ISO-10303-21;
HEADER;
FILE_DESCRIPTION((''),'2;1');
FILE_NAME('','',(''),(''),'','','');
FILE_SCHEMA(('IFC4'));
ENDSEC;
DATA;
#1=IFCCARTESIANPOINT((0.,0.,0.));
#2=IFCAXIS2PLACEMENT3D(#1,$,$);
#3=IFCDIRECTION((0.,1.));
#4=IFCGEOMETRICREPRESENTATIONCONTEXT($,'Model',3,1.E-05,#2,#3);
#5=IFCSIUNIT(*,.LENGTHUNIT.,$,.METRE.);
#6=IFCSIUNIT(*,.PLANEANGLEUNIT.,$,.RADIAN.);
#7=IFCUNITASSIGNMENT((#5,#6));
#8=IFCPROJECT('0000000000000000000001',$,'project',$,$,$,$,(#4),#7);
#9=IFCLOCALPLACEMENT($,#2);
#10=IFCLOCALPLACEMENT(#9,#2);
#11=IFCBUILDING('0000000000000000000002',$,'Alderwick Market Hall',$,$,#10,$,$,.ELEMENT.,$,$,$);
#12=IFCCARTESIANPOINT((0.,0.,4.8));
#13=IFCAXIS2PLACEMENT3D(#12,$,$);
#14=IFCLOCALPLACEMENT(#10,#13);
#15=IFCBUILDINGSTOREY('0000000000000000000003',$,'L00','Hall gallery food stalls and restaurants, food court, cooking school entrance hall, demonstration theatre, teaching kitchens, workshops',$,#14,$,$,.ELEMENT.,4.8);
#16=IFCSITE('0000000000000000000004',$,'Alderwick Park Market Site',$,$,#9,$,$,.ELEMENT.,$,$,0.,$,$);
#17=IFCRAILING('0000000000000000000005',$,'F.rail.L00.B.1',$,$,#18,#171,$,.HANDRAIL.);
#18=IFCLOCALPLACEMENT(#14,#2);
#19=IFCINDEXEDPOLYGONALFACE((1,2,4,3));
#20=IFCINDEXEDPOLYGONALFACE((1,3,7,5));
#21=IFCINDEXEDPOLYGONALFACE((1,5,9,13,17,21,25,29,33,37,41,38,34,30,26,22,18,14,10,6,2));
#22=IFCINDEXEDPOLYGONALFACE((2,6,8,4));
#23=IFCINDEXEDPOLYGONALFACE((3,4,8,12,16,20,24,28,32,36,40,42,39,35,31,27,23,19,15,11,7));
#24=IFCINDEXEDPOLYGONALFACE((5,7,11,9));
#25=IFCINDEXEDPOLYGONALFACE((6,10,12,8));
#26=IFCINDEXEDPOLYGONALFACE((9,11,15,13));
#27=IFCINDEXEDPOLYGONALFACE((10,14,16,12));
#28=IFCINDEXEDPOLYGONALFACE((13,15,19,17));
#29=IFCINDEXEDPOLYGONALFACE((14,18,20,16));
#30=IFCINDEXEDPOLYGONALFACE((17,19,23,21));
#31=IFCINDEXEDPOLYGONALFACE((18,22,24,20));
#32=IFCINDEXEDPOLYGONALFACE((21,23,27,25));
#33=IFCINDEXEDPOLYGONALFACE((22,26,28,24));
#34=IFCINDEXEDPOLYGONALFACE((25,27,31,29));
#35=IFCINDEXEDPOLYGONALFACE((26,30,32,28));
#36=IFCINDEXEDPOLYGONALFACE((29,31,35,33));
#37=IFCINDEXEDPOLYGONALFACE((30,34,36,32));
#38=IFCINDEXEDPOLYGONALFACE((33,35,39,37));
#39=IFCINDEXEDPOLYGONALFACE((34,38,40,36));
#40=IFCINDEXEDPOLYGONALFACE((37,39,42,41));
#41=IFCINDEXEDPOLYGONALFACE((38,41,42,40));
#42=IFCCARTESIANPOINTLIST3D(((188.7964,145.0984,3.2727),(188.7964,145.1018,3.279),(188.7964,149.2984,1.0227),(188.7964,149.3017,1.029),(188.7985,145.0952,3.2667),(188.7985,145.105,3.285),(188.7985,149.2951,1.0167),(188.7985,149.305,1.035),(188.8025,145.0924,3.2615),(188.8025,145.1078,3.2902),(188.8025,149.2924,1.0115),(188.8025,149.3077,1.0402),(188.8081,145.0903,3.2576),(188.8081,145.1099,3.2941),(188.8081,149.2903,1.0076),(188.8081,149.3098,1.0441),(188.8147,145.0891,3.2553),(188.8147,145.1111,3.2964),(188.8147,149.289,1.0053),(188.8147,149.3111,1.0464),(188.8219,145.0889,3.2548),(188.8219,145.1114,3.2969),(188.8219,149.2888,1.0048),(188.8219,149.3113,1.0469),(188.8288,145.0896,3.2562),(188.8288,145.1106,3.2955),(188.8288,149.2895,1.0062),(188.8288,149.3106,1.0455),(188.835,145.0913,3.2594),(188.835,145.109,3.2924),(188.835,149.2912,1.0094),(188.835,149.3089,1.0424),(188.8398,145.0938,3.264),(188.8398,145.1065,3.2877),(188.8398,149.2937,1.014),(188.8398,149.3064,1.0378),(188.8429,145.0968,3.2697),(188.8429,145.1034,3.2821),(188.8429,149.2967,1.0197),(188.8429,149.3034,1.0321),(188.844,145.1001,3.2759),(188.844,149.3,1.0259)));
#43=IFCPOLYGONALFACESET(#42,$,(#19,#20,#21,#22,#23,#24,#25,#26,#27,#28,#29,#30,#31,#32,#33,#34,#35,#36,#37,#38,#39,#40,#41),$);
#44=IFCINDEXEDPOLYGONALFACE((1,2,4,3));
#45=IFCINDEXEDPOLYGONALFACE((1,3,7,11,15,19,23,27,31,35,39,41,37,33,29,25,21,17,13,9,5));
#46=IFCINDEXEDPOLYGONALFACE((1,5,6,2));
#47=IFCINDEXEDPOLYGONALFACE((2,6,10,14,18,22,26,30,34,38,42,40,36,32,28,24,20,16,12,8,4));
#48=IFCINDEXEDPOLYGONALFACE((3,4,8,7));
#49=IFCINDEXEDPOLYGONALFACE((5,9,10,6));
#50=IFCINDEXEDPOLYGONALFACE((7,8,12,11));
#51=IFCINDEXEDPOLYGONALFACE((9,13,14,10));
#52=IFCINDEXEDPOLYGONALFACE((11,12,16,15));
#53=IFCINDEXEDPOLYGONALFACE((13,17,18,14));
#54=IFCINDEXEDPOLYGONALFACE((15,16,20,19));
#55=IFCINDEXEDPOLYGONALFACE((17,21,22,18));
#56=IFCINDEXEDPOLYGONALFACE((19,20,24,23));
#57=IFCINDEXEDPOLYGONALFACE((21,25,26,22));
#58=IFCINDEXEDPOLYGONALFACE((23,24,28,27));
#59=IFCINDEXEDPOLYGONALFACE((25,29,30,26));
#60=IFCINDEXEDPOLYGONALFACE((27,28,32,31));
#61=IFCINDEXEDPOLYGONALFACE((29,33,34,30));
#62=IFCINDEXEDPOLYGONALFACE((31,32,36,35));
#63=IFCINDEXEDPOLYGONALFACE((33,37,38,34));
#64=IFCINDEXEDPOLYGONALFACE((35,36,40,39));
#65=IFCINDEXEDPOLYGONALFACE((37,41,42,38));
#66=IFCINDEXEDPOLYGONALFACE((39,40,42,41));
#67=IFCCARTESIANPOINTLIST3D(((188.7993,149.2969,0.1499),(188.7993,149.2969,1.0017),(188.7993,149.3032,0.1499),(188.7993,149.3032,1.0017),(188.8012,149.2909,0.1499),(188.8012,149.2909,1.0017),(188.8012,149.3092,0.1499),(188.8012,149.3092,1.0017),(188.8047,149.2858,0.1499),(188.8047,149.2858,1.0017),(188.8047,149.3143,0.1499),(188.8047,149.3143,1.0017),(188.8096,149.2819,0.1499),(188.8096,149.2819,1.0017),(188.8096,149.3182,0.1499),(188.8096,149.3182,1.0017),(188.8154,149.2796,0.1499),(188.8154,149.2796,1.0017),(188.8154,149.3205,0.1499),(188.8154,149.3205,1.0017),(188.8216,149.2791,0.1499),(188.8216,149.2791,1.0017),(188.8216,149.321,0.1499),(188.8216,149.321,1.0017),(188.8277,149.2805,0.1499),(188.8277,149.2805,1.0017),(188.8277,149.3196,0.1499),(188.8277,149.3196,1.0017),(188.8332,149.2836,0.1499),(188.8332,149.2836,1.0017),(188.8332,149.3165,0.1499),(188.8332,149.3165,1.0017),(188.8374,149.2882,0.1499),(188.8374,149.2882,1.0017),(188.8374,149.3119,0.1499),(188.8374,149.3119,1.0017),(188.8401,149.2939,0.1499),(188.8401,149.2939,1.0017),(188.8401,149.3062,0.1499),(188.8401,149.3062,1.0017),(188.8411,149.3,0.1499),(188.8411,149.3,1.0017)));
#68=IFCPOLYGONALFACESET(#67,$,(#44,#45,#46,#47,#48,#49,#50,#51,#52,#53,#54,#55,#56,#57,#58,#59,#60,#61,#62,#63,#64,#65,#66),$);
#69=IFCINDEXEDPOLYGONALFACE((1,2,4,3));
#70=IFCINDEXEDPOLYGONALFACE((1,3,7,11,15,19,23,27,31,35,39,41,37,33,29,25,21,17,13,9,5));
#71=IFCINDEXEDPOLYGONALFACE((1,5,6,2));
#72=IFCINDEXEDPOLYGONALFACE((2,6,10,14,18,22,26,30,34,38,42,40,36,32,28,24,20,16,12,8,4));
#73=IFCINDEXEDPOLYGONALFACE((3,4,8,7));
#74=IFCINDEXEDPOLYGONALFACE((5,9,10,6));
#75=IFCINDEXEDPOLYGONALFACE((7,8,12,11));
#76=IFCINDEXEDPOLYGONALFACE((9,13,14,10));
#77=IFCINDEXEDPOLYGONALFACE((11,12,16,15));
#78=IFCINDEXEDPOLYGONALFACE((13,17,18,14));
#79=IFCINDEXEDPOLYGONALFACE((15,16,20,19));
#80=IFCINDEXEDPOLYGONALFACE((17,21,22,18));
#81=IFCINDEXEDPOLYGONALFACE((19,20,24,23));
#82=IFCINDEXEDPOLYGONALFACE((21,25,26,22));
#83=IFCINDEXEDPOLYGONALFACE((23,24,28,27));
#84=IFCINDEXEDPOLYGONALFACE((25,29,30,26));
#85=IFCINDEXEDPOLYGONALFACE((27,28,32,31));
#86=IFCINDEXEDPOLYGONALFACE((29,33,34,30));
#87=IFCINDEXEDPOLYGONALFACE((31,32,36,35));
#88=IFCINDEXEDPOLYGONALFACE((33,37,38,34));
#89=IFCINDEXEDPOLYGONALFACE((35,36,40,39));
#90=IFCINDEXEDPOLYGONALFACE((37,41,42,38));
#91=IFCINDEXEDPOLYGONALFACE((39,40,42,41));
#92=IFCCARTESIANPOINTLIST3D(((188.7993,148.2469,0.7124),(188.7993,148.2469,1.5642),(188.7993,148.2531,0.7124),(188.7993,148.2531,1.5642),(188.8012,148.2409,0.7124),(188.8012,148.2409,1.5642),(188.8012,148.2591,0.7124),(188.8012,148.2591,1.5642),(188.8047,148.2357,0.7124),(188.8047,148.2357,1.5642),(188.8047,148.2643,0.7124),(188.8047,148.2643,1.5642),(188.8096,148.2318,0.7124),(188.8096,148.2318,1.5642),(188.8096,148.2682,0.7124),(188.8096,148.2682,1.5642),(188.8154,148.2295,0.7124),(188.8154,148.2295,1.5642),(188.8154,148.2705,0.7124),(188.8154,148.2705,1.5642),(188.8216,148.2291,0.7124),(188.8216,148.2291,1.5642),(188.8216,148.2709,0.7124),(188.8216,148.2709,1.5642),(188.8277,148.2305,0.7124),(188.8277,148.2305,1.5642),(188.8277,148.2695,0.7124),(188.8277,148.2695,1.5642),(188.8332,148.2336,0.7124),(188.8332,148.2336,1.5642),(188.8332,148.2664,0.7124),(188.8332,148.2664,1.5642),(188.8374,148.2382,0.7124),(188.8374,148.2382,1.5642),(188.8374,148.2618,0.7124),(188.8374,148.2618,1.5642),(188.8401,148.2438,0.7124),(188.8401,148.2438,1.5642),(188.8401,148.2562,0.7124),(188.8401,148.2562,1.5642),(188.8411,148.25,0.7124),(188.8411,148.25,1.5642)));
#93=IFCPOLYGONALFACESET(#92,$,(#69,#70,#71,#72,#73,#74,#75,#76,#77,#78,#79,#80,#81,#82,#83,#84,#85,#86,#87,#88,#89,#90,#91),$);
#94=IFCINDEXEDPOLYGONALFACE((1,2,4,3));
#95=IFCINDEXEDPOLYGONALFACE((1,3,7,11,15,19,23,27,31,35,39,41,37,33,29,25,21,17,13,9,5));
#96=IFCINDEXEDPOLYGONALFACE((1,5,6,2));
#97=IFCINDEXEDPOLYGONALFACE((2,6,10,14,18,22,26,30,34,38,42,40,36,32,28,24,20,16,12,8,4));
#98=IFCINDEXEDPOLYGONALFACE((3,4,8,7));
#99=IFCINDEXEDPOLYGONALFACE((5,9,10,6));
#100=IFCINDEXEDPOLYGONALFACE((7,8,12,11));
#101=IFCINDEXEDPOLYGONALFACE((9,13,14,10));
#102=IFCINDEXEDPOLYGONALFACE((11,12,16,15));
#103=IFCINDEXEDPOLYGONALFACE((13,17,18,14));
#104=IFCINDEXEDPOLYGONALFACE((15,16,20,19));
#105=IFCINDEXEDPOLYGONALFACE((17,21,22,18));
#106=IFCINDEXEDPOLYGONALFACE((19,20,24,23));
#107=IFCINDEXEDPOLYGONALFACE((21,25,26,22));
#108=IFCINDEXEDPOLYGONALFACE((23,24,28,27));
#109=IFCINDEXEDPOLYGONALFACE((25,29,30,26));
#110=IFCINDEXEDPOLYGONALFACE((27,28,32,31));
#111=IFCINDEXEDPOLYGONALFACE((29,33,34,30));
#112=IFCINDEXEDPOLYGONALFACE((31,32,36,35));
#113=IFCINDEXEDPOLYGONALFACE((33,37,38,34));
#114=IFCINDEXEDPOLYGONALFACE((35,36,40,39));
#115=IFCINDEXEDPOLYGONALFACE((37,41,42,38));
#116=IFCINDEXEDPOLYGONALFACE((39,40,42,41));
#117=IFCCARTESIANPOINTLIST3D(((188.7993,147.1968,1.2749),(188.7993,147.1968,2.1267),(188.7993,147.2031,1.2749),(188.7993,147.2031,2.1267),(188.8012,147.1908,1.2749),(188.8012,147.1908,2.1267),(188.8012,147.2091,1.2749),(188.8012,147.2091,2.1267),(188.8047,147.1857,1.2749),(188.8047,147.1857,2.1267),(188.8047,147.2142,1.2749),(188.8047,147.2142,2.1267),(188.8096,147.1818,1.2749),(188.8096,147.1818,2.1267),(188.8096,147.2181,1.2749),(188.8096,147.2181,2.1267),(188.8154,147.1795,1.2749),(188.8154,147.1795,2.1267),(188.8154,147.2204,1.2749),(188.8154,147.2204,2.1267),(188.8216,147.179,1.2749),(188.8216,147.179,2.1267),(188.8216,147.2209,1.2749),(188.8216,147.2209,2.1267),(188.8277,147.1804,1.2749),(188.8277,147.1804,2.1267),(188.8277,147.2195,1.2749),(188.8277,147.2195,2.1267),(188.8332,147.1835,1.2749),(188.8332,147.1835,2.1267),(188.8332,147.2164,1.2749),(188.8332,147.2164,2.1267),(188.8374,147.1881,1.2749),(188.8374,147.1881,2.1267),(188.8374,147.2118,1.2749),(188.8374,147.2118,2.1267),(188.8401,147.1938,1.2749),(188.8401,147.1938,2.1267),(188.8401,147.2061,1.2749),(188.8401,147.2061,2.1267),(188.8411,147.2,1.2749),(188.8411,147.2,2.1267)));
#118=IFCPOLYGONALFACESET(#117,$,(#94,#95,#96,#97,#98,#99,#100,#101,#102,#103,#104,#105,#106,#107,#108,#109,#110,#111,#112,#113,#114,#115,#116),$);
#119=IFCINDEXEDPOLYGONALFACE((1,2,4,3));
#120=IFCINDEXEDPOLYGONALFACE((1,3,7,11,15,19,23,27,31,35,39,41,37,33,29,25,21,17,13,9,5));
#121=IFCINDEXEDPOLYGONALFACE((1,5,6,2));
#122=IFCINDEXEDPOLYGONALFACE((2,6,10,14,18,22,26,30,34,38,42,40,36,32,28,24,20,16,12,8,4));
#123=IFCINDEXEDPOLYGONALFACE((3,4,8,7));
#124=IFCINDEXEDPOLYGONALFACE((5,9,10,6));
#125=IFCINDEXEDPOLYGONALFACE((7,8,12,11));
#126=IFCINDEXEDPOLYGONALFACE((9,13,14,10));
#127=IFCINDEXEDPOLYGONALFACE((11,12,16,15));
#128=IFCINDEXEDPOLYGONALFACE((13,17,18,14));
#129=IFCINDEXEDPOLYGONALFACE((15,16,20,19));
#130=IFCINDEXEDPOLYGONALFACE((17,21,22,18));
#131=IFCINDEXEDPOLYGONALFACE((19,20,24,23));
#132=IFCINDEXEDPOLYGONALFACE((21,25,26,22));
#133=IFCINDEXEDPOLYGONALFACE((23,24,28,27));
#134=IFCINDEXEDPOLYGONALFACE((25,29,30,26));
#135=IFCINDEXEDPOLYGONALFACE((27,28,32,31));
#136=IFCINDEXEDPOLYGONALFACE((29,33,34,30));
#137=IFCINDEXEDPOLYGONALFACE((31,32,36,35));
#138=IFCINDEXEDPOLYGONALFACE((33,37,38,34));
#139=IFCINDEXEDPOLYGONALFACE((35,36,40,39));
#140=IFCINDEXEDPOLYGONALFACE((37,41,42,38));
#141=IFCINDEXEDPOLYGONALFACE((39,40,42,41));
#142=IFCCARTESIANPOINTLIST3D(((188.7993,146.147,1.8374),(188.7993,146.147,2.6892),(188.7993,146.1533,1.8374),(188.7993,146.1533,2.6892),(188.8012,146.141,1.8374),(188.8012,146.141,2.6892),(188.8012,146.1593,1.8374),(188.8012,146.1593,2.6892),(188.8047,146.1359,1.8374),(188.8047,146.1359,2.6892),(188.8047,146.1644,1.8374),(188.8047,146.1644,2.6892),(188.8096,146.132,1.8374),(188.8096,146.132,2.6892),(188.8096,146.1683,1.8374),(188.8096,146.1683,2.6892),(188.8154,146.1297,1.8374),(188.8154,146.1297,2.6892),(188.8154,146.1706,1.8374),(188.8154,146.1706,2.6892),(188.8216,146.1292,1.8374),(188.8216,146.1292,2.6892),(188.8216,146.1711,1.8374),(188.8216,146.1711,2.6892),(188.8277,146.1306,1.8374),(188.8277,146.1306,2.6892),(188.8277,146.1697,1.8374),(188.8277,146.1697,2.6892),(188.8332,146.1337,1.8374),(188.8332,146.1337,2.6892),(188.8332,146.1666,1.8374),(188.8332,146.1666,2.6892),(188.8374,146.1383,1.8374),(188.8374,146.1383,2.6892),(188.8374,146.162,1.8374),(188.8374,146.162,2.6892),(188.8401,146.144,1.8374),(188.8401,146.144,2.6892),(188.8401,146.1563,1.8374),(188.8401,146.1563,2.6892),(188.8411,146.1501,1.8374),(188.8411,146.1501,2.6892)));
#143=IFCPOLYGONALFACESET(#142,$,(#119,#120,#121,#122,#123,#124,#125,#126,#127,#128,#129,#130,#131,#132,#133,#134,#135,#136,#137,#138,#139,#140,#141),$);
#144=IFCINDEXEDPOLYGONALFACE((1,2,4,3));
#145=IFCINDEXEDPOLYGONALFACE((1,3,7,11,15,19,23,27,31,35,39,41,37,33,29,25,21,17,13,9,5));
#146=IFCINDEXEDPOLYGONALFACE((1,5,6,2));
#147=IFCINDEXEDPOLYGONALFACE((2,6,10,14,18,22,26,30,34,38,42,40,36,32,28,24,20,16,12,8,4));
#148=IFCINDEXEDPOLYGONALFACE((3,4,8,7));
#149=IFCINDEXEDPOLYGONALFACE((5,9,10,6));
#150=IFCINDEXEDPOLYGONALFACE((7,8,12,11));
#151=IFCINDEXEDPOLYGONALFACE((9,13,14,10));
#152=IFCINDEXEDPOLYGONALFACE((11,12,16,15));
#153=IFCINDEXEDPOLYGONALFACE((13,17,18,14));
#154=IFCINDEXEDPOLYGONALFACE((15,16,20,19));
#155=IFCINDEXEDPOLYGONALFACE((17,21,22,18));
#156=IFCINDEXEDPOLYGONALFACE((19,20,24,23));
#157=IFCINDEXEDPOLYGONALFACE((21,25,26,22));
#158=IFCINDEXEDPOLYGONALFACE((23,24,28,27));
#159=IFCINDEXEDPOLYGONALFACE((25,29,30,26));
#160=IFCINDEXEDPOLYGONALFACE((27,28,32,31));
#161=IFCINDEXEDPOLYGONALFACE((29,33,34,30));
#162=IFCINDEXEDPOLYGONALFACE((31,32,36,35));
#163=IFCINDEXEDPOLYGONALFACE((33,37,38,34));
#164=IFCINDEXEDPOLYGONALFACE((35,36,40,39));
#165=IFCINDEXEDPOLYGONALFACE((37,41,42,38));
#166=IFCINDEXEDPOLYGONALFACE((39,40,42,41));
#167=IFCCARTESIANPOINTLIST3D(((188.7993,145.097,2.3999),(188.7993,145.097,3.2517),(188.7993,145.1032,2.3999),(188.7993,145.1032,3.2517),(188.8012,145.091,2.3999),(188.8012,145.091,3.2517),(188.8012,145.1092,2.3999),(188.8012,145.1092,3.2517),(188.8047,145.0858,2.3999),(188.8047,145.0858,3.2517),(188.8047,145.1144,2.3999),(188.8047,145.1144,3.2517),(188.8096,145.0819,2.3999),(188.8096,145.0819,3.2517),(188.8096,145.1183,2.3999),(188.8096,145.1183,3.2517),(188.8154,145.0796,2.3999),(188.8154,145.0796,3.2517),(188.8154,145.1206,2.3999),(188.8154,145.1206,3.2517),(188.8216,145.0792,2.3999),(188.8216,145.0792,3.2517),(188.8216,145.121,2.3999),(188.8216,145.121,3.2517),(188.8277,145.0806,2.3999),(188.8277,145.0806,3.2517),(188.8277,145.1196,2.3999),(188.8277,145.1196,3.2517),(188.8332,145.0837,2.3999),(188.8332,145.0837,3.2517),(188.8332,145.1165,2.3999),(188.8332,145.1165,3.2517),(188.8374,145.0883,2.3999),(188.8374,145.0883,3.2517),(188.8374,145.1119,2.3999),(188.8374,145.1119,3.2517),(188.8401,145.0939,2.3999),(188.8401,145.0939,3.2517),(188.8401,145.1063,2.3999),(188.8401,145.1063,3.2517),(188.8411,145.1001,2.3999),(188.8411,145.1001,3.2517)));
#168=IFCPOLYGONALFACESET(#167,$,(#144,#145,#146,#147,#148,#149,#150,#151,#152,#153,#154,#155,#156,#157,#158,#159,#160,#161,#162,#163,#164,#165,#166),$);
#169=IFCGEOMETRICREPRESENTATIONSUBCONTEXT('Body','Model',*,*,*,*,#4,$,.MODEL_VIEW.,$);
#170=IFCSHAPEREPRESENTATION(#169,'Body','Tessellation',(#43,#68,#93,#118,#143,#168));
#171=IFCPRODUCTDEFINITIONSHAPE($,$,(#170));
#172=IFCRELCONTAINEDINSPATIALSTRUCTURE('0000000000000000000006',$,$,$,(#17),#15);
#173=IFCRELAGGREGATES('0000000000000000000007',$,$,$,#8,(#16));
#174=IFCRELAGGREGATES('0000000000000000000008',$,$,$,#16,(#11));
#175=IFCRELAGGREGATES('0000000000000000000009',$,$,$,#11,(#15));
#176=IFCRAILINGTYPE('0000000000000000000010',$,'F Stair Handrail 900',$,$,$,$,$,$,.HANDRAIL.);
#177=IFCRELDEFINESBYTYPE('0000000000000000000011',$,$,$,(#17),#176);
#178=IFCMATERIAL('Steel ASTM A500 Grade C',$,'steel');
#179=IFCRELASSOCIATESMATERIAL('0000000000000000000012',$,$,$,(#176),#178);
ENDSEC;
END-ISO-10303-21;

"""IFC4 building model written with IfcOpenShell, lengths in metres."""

from ifc_helpers import new_model, si_unit, direction, frame, origin, origin_2d, place, context, subcontext, project, spatial, circle, extrude, material, type_object, element, save


model = new_model("IFC4")

# Units and contexts
model_context = context("Model", 3, precision=1e-05, world=origin(), true_north=direction((0.0, 1.0)))
body_context = subcontext(model_context, "Body", "Model", "MODEL_VIEW")
ifc_project = project(units=[si_unit("LENGTHUNIT", "METRE"), si_unit("PLANEANGLEUNIT", "RADIAN")], contexts=[model_context])

# Site, building, storey
site_placement = place(None, origin())
site = spatial("IfcSite", under=ifc_project, at=site_placement, Name="Alderwick Park Market Site", CompositionType="ELEMENT", RefElevation=0.0)
building_placement = place(site_placement, origin())
building = spatial("IfcBuilding", under=site, at=building_placement, Name="Alderwick Market Hall", CompositionType="ELEMENT")
storey_placement = place(building_placement, frame((0.0, 0.0, 4.8)))
storey = spatial("IfcBuildingStorey", under=building, at=storey_placement, Name="L00", Description="Hall gallery food stalls and restaurants, food court, cooking school entrance hall, demonstration theatre, teaching kitchens, workshops", CompositionType="ELEMENT", Elevation=4.8)

# Railing
ifc_material_1 = material(Name="Steel ASTM A500 Grade C", Category="steel")
railing_type_1 = type_object("IfcRailingType", Name="F Stair Handrail 900", PredefinedType="HANDRAIL", material=ifc_material_1)
for number, where, name in (
    (1, (188.8201, 149.3, 0.1499), "F.rail.L00.B.1"),
):
    element("IfcRailing", number, at=place(storey_placement, frame(where)), inside=storey, type_object=railing_type_1, Name=name, PredefinedType="HANDRAIL", context=body_context, shape_type="SweptSolid", body=[
        extrude(circle(Radius=0.0239, at=origin_2d()), frame((0.0, 0.0, 0.876), z_axis=(0.0, -0.881478, 0.472226), x_axis=(1.0, 0.0, 0.0)), (0.0, 0.0, 1.0), 4.7646),
        extrude(circle(Radius=0.021, at=origin_2d()), origin(), (0.0, 0.0, 1.0), 0.8518),
        extrude(circle(Radius=0.021, at=origin_2d()), frame((0.0, -1.05, 0.5625)), (0.0, 0.0, 1.0), 0.8518),
        extrude(circle(Radius=0.021, at=origin_2d()), frame((0.0, -2.1001, 1.125)), (0.0, 0.0, 1.0), 0.8518),
        extrude(circle(Radius=0.021, at=origin_2d()), frame((0.0, -3.1499, 1.6875)), (0.0, 0.0, 1.0), 0.8518),
        extrude(circle(Radius=0.021, at=origin_2d()), frame((0.0, -4.2, 2.25)), (0.0, 0.0, 1.0), 0.8518),
    ])

save(model, "model.ifc")
